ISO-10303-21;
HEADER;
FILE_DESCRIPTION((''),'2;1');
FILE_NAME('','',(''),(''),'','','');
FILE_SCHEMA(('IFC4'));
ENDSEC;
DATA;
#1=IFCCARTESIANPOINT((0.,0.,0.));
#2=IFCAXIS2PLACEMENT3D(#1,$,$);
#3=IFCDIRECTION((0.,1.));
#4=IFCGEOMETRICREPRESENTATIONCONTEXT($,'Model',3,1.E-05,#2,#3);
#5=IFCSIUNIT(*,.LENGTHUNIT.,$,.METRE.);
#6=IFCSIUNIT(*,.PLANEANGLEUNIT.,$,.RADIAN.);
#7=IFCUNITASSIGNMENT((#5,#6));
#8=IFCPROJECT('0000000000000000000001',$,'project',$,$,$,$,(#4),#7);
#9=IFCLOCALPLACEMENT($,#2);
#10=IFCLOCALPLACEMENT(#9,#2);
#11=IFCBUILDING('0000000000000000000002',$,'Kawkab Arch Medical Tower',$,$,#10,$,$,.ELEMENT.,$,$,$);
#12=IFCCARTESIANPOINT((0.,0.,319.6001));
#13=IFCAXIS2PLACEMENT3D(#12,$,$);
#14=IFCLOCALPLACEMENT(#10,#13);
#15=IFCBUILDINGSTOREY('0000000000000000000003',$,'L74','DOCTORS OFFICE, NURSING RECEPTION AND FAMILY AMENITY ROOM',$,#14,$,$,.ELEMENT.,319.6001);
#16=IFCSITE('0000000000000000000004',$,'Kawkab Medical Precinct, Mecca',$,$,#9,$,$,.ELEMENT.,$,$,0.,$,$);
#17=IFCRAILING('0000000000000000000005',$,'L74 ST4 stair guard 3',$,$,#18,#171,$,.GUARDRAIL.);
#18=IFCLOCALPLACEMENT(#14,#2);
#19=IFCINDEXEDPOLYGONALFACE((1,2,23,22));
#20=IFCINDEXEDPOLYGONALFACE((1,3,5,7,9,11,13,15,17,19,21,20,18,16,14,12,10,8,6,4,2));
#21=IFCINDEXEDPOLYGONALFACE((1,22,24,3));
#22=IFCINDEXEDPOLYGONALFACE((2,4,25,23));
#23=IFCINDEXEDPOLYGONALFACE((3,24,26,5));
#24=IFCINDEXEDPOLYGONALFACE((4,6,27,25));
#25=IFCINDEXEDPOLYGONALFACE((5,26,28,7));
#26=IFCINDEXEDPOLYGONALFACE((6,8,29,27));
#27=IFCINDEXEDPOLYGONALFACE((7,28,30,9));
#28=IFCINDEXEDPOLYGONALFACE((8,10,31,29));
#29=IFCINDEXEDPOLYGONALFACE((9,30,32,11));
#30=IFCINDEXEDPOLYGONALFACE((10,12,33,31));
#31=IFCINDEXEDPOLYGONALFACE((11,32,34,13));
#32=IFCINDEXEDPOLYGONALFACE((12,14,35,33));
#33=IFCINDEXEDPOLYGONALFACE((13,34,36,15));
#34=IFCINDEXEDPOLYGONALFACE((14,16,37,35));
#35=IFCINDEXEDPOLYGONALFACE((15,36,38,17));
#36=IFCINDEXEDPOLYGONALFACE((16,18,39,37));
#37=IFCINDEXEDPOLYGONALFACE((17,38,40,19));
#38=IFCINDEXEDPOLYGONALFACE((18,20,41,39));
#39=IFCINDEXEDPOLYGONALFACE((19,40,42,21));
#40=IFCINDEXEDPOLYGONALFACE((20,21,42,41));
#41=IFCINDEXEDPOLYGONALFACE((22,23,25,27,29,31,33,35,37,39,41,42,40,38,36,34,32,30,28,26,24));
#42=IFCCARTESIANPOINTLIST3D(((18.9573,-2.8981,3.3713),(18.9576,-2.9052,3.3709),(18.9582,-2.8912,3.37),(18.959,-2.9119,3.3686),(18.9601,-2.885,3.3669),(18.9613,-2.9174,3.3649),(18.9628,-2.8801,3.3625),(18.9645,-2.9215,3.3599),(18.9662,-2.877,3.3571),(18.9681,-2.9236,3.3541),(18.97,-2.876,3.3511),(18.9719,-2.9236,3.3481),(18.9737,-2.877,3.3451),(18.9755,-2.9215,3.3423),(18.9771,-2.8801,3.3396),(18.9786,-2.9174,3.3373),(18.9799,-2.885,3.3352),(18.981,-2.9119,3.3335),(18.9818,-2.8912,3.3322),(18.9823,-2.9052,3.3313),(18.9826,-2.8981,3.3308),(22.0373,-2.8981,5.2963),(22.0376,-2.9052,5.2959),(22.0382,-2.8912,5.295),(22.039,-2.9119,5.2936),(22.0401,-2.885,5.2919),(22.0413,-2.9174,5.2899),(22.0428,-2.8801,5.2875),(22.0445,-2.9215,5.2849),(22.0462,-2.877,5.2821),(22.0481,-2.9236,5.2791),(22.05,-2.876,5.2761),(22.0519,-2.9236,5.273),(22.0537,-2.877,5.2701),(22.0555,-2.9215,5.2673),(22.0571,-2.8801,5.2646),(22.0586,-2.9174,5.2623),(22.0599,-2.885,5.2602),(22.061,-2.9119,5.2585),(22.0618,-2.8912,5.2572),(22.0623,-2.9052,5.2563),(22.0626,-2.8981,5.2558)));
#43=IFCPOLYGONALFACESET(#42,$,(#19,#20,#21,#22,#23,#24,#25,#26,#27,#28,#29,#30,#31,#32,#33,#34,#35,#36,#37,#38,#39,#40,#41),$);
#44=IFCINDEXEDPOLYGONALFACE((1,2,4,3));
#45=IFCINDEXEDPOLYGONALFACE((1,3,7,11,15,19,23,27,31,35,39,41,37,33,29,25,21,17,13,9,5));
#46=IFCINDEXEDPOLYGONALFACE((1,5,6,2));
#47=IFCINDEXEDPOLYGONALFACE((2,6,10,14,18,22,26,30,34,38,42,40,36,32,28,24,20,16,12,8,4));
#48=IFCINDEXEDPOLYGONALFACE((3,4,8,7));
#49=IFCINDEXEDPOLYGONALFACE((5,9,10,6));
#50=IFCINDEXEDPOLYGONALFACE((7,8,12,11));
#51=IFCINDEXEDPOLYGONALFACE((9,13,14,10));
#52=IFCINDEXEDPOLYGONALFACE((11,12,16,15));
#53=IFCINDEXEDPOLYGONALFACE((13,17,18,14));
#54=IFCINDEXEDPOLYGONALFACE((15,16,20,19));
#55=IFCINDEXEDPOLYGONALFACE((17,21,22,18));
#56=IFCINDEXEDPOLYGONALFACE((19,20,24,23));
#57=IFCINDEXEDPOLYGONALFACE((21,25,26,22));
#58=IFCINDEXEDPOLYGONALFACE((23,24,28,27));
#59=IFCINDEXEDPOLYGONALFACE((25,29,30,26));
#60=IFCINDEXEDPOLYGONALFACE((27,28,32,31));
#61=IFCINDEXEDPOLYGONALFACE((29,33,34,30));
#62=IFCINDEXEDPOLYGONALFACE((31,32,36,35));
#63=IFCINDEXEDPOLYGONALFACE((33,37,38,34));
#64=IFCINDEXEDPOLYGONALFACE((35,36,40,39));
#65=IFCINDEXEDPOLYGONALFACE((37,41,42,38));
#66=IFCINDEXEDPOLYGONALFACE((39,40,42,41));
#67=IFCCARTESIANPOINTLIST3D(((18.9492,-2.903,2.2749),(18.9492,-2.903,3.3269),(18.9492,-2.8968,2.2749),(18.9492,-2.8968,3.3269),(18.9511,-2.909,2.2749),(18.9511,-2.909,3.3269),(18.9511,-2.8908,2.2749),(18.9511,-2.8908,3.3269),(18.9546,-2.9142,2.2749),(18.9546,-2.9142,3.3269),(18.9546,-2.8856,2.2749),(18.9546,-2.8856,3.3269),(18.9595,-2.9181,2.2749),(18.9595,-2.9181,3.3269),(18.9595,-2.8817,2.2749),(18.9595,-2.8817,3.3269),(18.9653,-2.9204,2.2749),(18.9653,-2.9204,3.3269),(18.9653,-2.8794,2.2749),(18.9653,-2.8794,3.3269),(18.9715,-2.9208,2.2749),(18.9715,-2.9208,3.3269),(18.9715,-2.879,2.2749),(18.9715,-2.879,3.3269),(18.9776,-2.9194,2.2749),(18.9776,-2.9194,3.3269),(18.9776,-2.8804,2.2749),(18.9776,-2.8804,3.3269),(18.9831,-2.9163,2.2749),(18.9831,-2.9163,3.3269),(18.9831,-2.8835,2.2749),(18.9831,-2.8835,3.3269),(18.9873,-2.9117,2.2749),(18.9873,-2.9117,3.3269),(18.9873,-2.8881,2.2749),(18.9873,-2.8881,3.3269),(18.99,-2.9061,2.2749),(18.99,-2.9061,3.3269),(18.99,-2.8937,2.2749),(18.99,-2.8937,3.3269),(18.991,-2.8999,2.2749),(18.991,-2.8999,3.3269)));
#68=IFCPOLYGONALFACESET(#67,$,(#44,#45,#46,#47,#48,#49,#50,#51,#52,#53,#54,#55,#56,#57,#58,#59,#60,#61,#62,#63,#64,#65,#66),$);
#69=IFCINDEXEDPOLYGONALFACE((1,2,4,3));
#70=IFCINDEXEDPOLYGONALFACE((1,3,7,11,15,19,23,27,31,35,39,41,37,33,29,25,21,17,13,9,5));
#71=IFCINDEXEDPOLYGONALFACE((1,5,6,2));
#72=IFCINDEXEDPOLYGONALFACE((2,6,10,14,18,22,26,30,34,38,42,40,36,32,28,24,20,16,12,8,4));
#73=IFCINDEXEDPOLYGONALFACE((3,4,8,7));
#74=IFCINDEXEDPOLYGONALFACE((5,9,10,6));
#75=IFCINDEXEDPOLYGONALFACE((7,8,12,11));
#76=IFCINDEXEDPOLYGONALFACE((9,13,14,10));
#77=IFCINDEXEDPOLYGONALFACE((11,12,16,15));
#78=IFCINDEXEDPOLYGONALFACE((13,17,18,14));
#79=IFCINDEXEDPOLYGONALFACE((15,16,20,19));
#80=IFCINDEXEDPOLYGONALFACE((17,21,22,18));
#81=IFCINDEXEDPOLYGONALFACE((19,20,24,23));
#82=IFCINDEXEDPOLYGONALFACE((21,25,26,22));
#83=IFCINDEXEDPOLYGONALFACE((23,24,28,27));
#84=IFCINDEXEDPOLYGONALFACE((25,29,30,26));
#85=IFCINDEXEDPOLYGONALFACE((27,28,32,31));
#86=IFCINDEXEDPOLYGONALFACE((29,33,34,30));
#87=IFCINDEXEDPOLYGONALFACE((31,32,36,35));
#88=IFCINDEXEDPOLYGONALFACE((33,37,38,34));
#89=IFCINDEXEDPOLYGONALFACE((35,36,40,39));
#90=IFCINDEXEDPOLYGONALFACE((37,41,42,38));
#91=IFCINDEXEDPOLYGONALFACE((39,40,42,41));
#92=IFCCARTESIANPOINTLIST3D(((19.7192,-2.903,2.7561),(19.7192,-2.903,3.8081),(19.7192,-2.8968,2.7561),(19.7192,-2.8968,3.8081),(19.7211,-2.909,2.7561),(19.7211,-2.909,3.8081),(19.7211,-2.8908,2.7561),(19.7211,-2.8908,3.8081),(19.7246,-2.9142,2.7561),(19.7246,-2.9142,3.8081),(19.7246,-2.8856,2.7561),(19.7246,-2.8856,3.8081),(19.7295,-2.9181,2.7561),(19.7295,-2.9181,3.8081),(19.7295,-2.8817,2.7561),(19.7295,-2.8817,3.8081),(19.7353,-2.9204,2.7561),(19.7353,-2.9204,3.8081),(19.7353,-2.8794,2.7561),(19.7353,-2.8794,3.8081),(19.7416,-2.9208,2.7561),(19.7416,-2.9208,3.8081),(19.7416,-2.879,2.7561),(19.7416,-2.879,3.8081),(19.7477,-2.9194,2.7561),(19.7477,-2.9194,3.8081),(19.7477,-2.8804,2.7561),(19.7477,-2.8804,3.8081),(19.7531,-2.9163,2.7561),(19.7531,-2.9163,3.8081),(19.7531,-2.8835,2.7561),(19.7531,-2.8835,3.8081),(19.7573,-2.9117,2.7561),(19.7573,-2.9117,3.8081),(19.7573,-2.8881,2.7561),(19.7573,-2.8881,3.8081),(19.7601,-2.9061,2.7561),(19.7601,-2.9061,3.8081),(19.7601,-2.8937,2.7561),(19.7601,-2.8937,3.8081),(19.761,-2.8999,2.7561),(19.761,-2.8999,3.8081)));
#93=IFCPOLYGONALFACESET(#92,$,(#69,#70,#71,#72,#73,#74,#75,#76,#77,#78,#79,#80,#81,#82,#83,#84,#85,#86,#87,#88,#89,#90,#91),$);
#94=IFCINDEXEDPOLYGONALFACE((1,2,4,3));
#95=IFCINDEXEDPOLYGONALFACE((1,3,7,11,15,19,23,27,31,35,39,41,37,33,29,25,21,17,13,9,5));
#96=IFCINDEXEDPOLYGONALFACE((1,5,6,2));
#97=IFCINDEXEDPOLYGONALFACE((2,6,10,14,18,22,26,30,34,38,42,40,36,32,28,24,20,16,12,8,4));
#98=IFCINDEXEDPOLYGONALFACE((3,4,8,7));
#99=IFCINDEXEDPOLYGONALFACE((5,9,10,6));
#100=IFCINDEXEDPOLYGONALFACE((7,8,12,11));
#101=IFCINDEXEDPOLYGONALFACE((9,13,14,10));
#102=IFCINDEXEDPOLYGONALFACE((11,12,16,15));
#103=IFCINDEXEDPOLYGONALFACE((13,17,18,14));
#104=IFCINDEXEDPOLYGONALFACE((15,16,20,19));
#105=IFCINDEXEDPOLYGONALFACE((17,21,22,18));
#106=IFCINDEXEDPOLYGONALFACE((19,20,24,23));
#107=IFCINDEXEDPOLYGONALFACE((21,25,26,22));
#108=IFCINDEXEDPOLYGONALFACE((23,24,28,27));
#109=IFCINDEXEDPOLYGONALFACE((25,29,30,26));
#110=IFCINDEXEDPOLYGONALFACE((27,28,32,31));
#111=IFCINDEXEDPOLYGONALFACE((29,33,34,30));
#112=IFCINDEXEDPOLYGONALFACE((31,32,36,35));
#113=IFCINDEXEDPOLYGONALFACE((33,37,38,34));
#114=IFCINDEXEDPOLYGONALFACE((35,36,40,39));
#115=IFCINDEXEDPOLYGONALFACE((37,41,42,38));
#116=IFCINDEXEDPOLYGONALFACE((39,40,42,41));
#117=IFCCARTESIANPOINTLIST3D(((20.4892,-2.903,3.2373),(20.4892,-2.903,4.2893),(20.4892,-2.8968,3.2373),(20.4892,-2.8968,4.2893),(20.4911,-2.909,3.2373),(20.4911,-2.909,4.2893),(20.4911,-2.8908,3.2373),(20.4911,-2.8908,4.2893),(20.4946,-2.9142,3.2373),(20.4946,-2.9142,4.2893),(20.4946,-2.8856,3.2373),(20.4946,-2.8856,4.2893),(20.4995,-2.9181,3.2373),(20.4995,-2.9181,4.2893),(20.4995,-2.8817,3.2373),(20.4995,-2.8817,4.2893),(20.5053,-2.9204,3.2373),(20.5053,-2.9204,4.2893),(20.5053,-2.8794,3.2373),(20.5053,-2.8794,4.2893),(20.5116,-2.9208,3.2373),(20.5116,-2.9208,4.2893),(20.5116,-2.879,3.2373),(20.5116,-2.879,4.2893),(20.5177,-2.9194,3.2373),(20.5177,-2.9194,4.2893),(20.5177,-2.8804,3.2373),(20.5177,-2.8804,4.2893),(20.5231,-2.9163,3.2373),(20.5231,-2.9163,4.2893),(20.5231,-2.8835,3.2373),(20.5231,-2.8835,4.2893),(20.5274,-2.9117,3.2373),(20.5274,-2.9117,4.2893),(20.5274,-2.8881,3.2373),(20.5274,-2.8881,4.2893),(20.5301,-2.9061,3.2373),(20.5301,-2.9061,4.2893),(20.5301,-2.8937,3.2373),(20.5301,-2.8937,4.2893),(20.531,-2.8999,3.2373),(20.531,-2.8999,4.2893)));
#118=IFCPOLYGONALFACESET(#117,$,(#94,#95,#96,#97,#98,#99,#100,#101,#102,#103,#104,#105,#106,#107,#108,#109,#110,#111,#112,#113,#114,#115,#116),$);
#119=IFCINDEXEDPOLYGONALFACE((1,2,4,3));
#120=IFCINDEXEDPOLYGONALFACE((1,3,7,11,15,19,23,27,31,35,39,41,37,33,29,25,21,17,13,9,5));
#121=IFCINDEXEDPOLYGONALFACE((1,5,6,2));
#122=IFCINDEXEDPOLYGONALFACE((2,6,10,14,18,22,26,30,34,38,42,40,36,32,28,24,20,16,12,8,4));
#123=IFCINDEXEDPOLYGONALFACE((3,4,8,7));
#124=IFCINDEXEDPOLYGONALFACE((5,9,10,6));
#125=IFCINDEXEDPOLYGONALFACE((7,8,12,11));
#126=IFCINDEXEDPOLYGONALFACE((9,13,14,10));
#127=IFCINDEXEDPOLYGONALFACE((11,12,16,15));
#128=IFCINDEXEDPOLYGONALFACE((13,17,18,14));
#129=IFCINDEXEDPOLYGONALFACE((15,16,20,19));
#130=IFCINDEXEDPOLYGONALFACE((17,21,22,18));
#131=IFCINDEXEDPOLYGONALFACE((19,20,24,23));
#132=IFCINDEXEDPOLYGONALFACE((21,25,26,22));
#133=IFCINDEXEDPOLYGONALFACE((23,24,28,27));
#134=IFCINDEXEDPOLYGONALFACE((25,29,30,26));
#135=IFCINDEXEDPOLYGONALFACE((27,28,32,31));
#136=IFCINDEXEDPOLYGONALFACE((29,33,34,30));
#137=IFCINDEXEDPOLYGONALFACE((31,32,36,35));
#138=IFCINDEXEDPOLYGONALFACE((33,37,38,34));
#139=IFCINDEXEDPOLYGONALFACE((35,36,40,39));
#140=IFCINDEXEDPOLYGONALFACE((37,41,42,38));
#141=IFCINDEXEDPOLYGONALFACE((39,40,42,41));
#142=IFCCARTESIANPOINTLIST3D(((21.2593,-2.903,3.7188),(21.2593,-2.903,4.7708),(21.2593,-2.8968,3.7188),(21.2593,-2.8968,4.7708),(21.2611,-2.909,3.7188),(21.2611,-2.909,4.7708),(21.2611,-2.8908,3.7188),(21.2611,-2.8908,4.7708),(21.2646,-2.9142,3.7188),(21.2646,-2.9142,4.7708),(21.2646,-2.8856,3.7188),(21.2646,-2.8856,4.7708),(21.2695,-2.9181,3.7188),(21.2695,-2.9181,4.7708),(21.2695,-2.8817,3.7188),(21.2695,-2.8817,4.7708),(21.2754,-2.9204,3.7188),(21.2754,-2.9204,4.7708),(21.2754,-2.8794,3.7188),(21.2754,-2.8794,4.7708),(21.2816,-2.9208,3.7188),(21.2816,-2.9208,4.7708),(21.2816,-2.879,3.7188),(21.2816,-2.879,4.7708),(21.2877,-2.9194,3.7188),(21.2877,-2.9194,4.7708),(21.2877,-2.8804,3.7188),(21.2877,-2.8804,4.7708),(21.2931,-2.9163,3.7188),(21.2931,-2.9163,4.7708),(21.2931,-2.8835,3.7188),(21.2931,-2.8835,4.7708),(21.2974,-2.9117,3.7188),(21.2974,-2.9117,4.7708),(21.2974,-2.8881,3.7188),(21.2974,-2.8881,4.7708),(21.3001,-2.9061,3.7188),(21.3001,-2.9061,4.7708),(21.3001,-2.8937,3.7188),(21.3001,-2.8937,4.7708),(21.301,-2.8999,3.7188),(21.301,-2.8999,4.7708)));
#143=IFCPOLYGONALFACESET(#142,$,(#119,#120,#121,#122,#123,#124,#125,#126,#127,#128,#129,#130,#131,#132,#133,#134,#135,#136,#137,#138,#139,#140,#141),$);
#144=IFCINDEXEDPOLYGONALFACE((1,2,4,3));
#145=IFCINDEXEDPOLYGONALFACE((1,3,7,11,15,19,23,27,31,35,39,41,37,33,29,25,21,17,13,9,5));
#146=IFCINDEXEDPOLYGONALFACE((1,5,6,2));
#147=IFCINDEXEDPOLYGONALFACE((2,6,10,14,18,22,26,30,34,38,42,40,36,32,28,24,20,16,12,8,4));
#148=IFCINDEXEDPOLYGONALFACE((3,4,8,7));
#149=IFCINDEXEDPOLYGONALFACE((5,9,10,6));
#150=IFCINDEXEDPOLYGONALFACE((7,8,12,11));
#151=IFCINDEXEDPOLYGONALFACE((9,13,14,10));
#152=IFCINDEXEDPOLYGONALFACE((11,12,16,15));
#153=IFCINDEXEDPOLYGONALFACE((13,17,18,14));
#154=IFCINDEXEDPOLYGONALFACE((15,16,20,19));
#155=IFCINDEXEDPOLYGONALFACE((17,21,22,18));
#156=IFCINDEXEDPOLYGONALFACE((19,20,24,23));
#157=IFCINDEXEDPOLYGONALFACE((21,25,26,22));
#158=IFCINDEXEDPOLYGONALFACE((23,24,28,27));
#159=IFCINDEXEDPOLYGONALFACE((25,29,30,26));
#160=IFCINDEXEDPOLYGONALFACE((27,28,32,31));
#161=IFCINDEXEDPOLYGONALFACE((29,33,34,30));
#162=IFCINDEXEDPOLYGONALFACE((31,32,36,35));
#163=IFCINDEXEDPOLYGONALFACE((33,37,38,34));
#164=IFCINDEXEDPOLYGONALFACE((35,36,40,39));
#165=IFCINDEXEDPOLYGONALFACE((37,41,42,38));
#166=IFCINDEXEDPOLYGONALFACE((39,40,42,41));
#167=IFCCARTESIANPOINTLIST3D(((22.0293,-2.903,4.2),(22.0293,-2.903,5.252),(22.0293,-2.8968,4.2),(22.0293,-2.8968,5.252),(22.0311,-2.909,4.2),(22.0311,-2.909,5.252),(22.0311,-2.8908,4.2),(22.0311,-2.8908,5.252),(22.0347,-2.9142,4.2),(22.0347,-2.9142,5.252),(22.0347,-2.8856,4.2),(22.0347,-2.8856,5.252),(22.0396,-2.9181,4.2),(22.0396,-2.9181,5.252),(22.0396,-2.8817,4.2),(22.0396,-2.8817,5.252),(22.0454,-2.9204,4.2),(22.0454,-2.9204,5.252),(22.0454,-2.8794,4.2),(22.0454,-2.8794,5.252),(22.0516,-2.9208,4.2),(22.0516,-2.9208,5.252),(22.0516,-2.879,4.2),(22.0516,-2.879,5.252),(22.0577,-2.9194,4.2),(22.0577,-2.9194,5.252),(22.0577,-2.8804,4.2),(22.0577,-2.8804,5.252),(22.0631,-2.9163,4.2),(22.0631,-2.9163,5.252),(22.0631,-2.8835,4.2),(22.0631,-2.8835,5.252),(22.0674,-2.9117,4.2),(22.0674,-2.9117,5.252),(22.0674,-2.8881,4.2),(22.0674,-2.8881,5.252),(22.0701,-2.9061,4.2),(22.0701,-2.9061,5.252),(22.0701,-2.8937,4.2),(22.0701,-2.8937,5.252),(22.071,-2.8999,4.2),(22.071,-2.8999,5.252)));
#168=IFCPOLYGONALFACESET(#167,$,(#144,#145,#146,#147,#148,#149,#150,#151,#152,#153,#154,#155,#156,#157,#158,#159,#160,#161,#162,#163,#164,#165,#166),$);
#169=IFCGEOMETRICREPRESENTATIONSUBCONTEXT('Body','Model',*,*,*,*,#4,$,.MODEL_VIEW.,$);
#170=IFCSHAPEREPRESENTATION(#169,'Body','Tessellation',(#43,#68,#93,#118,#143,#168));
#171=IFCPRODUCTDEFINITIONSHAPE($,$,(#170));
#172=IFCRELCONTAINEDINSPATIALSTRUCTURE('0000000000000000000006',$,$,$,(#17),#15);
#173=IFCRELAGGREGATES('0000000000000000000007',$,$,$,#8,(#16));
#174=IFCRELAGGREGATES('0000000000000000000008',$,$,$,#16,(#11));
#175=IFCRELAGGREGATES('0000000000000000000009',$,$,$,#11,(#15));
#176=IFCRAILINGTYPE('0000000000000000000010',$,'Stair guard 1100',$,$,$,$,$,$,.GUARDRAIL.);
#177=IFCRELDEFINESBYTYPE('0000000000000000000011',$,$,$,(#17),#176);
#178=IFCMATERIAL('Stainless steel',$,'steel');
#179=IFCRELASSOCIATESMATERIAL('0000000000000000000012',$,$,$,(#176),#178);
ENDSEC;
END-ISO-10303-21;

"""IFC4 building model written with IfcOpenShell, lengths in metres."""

from ifc_helpers import new_model, si_unit, direction, frame, origin, origin_2d, place, context, subcontext, project, spatial, circle, extrude, material, type_object, element, save


model = new_model("IFC4")

# Units and contexts
model_context = context("Model", 3, precision=1e-05, world=origin(), true_north=direction((0.0, 1.0)))
body_context = subcontext(model_context, "Body", "Model", "MODEL_VIEW")
ifc_project = project(units=[si_unit("LENGTHUNIT", "METRE"), si_unit("PLANEANGLEUNIT", "RADIAN")], contexts=[model_context])

# Site, building, storey
site_placement = place(None, origin())
site = spatial("IfcSite", under=ifc_project, at=site_placement, Name="Kawkab Medical Precinct, Mecca", CompositionType="ELEMENT", RefElevation=0.0)
building_placement = place(site_placement, origin())
building = spatial("IfcBuilding", under=site, at=building_placement, Name="Kawkab Arch Medical Tower", CompositionType="ELEMENT")
storey_placement = place(building_placement, frame((0.0, 0.0, 319.6001)))
storey = spatial("IfcBuildingStorey", under=building, at=storey_placement, Name="L74", Description="DOCTORS OFFICE, NURSING RECEPTION AND FAMILY AMENITY ROOM", CompositionType="ELEMENT", Elevation=319.6001)

# Railing
ifc_material_1 = material(Name="Stainless steel", Category="steel")
railing_type_1 = type_object("IfcRailingType", Name="Stair guard 1100", PredefinedType="GUARDRAIL", material=ifc_material_1)
railing_1_placement = place(storey_placement, frame((18.97, -2.8999, 2.2749)))
element("IfcRailing", 1, at=railing_1_placement, inside=storey, type_object=railing_type_1, Name="L74 ST4 stair guard 3", PredefinedType="GUARDRAIL", context=body_context, shape_type="SweptSolid", body=[
    extrude(circle(Radius=0.0239, at=origin_2d()), frame((0.0, 0.0, 1.0762), z_axis=(0.847998, 0.0, 0.529999), x_axis=(0.0, 1.0, 0.0)), (0.0, 0.0, 1.0), 3.6321),
    extrude(circle(Radius=0.021, at=origin_2d()), origin(), (0.0, 0.0, 1.0), 1.052),
    extrude(circle(Radius=0.021, at=origin_2d()), frame((0.77, 0.0, 0.4812)), (0.0, 0.0, 1.0), 1.052),
    extrude(circle(Radius=0.021, at=origin_2d()), frame((1.54, 0.0, 0.9624)), (0.0, 0.0, 1.0), 1.052),
    extrude(circle(Radius=0.021, at=origin_2d()), frame((2.3101, 0.0, 1.4438)), (0.0, 0.0, 1.0), 1.052),
    extrude(circle(Radius=0.021, at=origin_2d()), frame((3.0801, 0.0, 1.925)), (0.0, 0.0, 1.0), 1.052),
])

save(model, "model.ifc")
